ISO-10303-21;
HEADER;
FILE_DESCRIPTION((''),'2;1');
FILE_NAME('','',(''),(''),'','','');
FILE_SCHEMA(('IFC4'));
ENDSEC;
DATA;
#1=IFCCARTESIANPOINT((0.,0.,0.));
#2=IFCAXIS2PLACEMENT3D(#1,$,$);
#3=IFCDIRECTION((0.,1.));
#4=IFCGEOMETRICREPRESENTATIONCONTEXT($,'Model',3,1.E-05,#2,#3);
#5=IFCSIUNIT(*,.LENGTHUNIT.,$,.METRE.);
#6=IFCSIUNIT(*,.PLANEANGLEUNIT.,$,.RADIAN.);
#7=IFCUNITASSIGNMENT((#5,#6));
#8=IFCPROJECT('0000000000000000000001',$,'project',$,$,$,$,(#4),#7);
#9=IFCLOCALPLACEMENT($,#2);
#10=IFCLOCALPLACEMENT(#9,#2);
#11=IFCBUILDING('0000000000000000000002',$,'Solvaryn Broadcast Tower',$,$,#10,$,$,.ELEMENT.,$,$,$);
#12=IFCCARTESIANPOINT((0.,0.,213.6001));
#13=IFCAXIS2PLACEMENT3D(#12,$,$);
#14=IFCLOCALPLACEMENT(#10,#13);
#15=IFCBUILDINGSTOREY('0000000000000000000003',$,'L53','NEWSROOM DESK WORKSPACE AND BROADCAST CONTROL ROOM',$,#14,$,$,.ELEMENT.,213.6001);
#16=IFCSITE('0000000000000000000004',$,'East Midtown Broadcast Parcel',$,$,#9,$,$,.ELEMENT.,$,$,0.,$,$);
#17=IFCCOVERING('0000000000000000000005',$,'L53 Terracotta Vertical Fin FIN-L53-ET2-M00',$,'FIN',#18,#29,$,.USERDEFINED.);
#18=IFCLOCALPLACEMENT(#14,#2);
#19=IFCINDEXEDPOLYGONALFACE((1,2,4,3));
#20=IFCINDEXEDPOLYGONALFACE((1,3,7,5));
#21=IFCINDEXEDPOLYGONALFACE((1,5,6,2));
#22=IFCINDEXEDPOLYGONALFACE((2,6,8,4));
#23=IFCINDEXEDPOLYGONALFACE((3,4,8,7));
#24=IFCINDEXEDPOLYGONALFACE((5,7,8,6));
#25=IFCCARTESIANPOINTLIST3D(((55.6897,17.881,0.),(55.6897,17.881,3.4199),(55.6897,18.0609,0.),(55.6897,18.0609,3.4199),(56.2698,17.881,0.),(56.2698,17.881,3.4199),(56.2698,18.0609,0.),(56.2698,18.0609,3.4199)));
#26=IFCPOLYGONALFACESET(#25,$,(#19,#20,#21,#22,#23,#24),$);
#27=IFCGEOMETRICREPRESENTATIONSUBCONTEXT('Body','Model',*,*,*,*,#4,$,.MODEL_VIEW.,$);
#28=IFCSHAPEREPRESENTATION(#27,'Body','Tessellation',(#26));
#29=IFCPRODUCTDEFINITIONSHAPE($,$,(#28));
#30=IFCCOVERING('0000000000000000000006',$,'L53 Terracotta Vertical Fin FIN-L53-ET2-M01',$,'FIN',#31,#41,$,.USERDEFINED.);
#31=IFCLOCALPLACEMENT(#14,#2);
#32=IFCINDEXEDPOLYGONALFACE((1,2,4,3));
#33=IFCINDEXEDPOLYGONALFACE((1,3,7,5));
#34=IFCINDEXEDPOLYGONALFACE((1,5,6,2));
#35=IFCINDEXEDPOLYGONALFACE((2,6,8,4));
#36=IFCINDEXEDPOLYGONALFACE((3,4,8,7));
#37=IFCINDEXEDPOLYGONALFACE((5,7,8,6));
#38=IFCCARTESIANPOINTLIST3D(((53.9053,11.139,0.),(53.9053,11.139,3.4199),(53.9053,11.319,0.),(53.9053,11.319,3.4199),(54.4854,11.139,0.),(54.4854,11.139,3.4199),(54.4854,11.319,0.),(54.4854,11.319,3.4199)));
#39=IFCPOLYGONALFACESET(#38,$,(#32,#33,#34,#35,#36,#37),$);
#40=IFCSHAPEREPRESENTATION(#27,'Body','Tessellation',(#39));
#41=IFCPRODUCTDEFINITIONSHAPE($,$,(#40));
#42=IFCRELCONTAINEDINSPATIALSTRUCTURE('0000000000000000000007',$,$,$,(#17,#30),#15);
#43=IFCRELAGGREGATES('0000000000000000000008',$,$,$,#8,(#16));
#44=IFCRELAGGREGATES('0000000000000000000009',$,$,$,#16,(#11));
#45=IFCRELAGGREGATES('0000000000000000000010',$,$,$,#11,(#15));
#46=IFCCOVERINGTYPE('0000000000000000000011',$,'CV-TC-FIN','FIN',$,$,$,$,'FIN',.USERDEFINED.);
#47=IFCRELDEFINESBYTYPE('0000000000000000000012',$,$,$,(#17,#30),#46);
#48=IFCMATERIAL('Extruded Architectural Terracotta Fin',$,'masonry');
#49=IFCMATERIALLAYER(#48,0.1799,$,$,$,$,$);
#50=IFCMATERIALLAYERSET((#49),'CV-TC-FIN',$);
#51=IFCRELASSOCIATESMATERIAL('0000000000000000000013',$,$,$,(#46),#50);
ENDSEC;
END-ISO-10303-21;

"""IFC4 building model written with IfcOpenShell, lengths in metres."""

from ifc_helpers import new_model, si_unit, direction, frame, origin, origin_2d, place, context, subcontext, project, spatial, rectangle, extrude, material, layer, layer_set, type_object, element, save


model = new_model("IFC4")

# Units and contexts
model_context = context("Model", 3, precision=1e-05, world=origin(), true_north=direction((0.0, 1.0)))
body_context = subcontext(model_context, "Body", "Model", "MODEL_VIEW")
ifc_project = project(units=[si_unit("LENGTHUNIT", "METRE"), si_unit("PLANEANGLEUNIT", "RADIAN")], contexts=[model_context])

# Site, building, storey
site_placement = place(None, origin())
site = spatial("IfcSite", under=ifc_project, at=site_placement, Name="East Midtown Broadcast Parcel", CompositionType="ELEMENT", RefElevation=0.0)
building_placement = place(site_placement, origin())
building = spatial("IfcBuilding", under=site, at=building_placement, Name="Solvaryn Broadcast Tower", CompositionType="ELEMENT")
storey_placement = place(building_placement, frame((0.0, 0.0, 213.6001)))
storey = spatial("IfcBuildingStorey", under=building, at=storey_placement, Name="L53", Description="NEWSROOM DESK WORKSPACE AND BROADCAST CONTROL ROOM", CompositionType="ELEMENT", Elevation=213.6001)

# Coverings
ifc_material_1 = material(Name="Extruded Architectural Terracotta Fin", Category="masonry")
ifc_layer_1 = layer(ifc_material_1, 0.1799)
ifc_layer_set_1 = layer_set([ifc_layer_1], Name="CV-TC-FIN")
covering_type_1 = type_object("IfcCoveringType", Name="CV-TC-FIN", Description="FIN", ElementType="FIN", PredefinedType="USERDEFINED", material=ifc_layer_set_1)
for number, where, z_axis, x_axis, name in (
    (1, (55.9797, 17.9709, 0.0), (0.0, 0.0, 1.0), (1.0, 0.0, 0.0), "L53 Terracotta Vertical Fin FIN-L53-ET2-M00"),
    (2, (54.1953, 11.229, 0.0), (0.0, 0.0, 1.0), (1.0, 0.0, 0.0), "L53 Terracotta Vertical Fin FIN-L53-ET2-M01"),
):
    element("IfcCovering", number, at=place(storey_placement, frame(where, z_axis=z_axis, x_axis=x_axis)), inside=storey, type_object=covering_type_1, Name=name, ObjectType="FIN", PredefinedType="USERDEFINED", context=body_context, shape_type="SweptSolid", body=[
        extrude(rectangle(XDim=0.5801, YDim=0.1799, at=origin_2d()), origin(), (0.0, 0.0, 1.0), 3.4199),
    ])

save(model, "model.ifc")
